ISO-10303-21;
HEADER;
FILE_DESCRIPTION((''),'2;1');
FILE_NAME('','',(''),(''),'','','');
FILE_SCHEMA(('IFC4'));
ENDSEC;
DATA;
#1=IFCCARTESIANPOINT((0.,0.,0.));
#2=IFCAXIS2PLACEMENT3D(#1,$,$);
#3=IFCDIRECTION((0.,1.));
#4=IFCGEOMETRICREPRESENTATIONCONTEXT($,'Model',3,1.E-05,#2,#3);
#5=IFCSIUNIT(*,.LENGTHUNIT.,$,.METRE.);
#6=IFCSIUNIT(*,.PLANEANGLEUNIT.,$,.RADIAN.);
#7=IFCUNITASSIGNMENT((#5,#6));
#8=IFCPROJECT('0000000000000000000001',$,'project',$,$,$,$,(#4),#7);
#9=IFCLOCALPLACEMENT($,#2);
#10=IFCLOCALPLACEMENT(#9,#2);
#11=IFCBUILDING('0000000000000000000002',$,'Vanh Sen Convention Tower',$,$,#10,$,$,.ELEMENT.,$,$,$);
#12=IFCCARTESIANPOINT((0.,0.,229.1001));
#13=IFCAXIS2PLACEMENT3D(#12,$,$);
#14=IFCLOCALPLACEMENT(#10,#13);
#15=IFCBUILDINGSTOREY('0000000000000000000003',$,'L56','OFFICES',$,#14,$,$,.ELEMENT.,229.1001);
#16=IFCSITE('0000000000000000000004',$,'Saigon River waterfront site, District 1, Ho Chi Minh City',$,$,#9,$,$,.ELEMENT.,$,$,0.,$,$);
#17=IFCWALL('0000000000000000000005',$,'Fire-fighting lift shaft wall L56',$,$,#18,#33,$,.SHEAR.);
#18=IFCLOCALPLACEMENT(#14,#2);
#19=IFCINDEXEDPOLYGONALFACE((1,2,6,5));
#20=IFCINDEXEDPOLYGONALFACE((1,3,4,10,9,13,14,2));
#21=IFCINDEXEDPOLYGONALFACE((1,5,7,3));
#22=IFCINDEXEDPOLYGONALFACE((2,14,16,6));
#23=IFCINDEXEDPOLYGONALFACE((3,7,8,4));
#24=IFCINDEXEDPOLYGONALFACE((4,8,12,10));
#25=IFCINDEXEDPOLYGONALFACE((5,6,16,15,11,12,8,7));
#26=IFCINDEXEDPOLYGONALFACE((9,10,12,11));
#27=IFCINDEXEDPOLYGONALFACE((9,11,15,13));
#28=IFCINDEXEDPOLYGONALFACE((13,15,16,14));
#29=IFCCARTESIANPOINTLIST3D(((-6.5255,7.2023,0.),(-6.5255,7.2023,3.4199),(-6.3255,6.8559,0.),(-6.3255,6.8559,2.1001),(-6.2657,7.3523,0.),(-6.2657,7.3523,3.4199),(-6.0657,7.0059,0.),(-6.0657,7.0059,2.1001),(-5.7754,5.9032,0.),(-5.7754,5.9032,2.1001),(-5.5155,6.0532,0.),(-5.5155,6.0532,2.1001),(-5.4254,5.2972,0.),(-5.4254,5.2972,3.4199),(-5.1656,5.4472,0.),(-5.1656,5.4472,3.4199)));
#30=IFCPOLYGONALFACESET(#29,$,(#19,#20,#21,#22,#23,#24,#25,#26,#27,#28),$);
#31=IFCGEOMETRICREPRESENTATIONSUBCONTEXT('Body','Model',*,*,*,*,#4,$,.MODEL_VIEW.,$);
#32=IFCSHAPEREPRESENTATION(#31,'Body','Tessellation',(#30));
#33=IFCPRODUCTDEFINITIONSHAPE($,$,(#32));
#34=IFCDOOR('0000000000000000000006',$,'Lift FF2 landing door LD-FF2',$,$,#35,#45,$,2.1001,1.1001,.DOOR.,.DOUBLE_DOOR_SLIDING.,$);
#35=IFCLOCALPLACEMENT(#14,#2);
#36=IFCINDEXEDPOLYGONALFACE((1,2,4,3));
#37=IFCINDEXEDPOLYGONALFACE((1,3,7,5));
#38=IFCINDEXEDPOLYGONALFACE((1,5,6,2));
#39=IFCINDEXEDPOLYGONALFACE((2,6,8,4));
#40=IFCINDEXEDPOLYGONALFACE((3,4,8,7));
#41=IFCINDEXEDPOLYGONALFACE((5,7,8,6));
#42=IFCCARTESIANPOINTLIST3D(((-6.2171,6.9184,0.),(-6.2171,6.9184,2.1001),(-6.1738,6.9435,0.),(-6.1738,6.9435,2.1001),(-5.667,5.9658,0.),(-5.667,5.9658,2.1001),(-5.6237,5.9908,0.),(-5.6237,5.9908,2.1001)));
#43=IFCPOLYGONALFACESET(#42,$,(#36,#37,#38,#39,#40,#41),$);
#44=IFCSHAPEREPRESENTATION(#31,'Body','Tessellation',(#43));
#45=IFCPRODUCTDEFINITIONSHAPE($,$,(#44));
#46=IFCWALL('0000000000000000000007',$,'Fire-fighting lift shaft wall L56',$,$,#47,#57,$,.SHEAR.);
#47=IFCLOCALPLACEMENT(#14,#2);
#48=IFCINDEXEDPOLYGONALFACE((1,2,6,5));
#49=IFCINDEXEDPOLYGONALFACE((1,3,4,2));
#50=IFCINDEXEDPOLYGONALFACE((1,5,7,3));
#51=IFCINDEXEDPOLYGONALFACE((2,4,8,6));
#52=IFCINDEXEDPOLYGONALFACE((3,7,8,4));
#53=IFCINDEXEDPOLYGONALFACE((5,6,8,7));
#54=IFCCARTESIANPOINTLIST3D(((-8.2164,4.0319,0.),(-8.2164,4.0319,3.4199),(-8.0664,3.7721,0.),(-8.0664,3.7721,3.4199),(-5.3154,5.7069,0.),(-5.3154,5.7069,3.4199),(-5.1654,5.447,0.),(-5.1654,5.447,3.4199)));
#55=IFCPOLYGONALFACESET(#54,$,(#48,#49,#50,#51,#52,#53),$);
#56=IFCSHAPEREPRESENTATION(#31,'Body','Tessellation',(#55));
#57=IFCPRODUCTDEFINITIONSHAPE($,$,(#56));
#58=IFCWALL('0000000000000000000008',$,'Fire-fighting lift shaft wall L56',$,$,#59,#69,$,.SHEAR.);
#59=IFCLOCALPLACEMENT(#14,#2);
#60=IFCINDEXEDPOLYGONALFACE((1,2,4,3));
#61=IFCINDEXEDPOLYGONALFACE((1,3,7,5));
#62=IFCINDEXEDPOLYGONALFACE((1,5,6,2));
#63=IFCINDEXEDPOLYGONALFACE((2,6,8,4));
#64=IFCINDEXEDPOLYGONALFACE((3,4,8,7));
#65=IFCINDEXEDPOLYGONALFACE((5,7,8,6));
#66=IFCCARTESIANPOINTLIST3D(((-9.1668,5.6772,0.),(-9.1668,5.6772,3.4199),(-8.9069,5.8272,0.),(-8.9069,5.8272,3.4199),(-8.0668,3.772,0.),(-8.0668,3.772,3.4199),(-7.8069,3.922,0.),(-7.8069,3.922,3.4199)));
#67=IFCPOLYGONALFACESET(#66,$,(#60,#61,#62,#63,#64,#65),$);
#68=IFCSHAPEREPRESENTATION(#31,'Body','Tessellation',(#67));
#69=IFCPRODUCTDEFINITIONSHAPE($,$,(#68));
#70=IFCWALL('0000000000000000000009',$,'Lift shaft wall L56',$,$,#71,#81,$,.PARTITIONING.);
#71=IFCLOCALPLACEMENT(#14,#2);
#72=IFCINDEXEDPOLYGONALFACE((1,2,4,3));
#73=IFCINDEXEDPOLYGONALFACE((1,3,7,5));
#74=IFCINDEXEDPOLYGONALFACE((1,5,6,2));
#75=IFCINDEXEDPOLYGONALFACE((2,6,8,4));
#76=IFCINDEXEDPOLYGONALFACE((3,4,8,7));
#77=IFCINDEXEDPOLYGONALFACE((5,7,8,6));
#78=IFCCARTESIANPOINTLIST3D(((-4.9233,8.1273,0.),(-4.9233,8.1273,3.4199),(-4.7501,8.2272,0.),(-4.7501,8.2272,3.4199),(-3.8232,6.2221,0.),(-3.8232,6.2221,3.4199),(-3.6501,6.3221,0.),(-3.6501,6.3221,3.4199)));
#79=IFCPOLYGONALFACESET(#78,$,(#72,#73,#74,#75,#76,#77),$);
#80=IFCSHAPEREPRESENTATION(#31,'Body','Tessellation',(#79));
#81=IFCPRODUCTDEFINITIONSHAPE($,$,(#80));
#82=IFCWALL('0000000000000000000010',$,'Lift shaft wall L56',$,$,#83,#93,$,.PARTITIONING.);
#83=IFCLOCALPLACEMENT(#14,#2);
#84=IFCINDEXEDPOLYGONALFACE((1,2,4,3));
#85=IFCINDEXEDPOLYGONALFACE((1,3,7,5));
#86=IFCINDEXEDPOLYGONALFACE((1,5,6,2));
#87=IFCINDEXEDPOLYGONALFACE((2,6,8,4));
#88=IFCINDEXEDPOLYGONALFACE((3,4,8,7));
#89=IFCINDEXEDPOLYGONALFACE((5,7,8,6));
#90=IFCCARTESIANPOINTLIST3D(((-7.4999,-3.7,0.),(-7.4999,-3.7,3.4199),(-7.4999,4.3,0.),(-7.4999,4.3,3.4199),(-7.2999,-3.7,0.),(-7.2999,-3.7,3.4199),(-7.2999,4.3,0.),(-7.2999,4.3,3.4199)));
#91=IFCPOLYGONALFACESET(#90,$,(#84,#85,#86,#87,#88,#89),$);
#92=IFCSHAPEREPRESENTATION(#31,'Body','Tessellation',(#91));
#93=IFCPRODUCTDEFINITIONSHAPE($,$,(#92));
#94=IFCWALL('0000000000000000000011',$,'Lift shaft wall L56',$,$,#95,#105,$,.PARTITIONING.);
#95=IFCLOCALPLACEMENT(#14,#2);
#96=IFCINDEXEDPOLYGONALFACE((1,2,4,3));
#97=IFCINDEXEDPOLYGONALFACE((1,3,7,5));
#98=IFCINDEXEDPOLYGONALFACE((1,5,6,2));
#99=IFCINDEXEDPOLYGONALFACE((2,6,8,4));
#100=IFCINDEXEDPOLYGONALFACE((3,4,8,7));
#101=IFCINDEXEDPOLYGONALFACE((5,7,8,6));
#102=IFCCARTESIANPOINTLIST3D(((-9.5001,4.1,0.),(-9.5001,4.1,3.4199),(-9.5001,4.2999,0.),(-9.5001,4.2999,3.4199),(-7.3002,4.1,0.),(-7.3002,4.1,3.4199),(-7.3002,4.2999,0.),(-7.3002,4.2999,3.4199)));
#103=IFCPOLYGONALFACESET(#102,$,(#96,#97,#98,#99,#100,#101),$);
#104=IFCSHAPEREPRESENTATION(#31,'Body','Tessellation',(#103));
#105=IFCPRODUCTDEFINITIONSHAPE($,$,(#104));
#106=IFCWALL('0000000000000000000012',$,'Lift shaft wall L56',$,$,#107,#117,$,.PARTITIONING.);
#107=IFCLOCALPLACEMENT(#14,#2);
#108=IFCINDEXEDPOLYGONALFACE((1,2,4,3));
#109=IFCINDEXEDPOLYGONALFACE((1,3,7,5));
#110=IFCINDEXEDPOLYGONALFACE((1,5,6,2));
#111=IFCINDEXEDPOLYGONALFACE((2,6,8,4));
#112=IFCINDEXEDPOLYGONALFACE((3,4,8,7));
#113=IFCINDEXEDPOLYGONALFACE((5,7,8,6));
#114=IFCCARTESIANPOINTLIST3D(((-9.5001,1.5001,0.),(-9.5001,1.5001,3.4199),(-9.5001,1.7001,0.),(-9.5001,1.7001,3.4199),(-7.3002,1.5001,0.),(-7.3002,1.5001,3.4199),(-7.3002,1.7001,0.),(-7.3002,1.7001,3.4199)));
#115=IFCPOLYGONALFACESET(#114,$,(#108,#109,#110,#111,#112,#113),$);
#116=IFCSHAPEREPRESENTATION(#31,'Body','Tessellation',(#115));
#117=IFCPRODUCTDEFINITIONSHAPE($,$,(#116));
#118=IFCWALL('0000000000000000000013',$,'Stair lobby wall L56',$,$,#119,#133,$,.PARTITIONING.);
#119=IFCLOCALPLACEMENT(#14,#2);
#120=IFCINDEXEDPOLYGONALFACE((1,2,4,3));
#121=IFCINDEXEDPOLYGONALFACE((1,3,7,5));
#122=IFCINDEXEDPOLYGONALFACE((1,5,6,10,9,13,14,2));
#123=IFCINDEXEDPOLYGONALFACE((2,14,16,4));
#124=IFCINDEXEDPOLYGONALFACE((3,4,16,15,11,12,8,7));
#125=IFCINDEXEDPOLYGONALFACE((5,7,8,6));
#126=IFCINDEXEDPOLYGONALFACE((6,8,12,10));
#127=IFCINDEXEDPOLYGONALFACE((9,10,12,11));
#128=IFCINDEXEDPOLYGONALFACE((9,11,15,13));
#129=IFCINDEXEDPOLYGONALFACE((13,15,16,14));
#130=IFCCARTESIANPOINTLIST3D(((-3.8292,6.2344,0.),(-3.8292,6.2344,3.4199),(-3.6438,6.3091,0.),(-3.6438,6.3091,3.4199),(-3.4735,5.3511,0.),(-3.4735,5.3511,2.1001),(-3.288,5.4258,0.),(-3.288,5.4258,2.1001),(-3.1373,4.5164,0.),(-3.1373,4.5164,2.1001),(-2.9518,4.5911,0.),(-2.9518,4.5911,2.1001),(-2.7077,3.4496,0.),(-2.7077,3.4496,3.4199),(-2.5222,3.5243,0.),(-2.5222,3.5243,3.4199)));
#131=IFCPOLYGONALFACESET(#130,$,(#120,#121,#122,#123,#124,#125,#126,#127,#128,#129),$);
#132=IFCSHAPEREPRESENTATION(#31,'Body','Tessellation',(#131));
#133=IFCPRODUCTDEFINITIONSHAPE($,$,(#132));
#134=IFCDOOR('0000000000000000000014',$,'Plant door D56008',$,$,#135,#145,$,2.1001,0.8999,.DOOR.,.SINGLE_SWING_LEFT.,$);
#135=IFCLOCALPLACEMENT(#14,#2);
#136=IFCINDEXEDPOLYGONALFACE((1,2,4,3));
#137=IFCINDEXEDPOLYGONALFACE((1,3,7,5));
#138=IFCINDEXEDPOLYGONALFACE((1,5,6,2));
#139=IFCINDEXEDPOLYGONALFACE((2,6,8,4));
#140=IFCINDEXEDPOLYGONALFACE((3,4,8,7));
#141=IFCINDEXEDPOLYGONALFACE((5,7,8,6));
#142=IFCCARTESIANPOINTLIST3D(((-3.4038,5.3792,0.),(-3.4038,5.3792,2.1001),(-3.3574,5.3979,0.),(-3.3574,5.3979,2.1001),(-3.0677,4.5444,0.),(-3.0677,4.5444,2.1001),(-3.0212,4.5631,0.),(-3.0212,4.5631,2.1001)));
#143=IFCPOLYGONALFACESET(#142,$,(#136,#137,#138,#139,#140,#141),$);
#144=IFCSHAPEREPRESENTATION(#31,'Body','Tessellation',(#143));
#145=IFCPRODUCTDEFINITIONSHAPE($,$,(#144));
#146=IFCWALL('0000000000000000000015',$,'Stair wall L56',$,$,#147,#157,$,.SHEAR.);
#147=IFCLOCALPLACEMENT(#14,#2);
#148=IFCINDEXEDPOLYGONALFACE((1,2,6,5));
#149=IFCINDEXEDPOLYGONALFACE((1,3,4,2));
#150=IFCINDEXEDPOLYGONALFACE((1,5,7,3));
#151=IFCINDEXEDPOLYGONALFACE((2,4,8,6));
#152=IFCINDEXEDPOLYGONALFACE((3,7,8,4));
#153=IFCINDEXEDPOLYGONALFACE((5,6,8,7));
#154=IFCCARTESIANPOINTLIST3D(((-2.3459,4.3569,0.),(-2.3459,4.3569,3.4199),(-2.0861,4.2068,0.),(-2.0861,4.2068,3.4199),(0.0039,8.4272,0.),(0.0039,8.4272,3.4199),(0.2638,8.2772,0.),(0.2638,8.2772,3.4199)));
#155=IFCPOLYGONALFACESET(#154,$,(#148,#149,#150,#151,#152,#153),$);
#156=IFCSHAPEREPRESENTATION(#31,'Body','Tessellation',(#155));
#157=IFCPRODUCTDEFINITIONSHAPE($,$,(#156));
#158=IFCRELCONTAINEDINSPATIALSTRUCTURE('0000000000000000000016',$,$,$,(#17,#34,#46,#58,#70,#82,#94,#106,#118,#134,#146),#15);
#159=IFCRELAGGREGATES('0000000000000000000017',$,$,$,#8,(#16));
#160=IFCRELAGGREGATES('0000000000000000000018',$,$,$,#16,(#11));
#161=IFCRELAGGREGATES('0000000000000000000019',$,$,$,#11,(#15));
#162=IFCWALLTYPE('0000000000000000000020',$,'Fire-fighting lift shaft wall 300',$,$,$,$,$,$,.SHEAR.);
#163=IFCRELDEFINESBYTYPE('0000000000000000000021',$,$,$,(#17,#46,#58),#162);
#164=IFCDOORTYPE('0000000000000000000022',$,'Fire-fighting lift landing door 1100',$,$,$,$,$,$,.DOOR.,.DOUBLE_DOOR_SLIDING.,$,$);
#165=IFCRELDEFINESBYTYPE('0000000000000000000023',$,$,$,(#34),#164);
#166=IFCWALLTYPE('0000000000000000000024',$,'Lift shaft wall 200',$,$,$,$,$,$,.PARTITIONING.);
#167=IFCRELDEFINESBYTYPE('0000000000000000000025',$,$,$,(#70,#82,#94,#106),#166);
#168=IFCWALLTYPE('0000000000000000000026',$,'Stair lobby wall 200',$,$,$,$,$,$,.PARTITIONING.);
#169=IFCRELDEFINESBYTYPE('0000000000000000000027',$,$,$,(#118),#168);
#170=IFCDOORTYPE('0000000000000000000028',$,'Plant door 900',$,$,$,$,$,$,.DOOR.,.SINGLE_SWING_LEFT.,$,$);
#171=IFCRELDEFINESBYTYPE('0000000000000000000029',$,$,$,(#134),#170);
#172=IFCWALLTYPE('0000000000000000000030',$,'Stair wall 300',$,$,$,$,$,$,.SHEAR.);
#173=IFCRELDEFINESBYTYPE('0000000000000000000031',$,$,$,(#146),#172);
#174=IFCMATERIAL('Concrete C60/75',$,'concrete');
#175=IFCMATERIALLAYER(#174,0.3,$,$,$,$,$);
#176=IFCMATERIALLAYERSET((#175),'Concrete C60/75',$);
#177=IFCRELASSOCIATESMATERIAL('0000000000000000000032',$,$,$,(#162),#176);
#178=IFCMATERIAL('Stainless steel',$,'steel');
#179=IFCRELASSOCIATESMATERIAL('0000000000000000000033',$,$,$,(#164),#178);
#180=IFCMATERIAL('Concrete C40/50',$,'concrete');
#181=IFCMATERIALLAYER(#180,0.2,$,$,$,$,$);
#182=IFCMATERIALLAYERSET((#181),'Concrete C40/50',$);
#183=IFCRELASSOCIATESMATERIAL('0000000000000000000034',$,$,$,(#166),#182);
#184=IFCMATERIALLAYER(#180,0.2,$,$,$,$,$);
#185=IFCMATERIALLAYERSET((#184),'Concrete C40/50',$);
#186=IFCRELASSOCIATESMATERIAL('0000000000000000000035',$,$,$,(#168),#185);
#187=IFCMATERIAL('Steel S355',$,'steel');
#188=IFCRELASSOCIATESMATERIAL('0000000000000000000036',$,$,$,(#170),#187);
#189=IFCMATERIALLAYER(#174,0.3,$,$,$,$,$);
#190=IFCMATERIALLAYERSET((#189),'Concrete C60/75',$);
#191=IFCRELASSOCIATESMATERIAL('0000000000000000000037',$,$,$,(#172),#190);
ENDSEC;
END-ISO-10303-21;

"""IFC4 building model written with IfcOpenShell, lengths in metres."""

from ifc_helpers import new_model, si_unit, direction, frame, frame_2d, origin, place, context, subcontext, project, spatial, rectangle, extrude, material, layer, layer_set, type_object, element, fill, save


model = new_model("IFC4")

# Units and contexts
model_context = context("Model", 3, precision=1e-05, world=origin(), true_north=direction((0.0, 1.0)))
body_context = subcontext(model_context, "Body", "Model", "MODEL_VIEW")
ifc_project = project(units=[si_unit("LENGTHUNIT", "METRE"), si_unit("PLANEANGLEUNIT", "RADIAN")], contexts=[model_context])

# Site, building, storey
site_placement = place(None, origin())
site = spatial("IfcSite", under=ifc_project, at=site_placement, Name="Saigon River waterfront site, District 1, Ho Chi Minh City", CompositionType="ELEMENT", RefElevation=0.0)
building_placement = place(site_placement, origin())
building = spatial("IfcBuilding", under=site, at=building_placement, Name="Vanh Sen Convention Tower", CompositionType="ELEMENT")
storey_placement = place(building_placement, frame((0.0, 0.0, 229.1001)))
storey = spatial("IfcBuildingStorey", under=building, at=storey_placement, Name="L56", Description="OFFICES", CompositionType="ELEMENT", Elevation=229.1001)

# Shared definitions
ifc_material_1 = material(Name="Concrete C60/75", Category="concrete")
ifc_material_2 = material(Name="Stainless steel", Category="steel")

# Wall, opening, door
ifc_layer_1 = layer(ifc_material_1, 0.3)
ifc_layer_set_1 = layer_set([ifc_layer_1], Name="Concrete C60/75")
wall_type_1 = type_object("IfcWallType", Name="Fire-fighting lift shaft wall 300", PredefinedType="SHEAR", material=ifc_layer_set_1)
wall_1_placement = place(storey_placement, frame((-5.2954, 5.3721, 0.0), z_axis=(0.0, 0.0, 1.0), x_axis=(-0.500078, 0.86598, 0.0)))
wall_1 = element("IfcWall", 1, at=wall_1_placement, inside=storey, type_object=wall_type_1, Name="Fire-fighting lift shaft wall L56", PredefinedType="SHEAR", context=body_context, shape_type="SweptSolid", body=[
    extrude(rectangle(XDim=2.2, YDim=0.3, at=frame_2d((1.1001, 0.0))), origin(), (0.0, 0.0, 1.0), 3.4199),
])
opening_1_placement = place(wall_1_placement, frame((0.7, 0.0, 0.0)))
opening_1 = element("IfcOpeningElement", 2, at=opening_1_placement, cuts=wall_1, PredefinedType="OPENING", context=body_context, shape_type="SweptSolid", body=[
    extrude(rectangle(XDim=1.1001, YDim=2.1001, at=frame_2d((0.55, 1.05))), frame((0.0, 0.1599, 0.0), z_axis=(0.0, -1.0, 0.0), x_axis=(1.0, 0.0, 0.0)), (0.0, 0.0, 1.0), 0.3201),
])
door_type_1 = type_object("IfcDoorType", Name="Fire-fighting lift landing door 1100", OperationType="DOUBLE_DOOR_SLIDING", PredefinedType="DOOR", material=ifc_material_2)
door_1_placement = place(opening_1_placement, origin())
door_1 = element("IfcDoor", 3, at=door_1_placement, inside=storey, type_object=door_type_1, Name="Lift FF2 landing door LD-FF2", OperationType="DOUBLE_DOOR_SLIDING", OverallHeight=2.1001, OverallWidth=1.1001, PredefinedType="DOOR", context=body_context, shape_type="SweptSolid", body=[
    extrude(rectangle(XDim=1.1001, YDim=2.1001, at=frame_2d((0.55, 1.05))), frame((0.0, 0.0249, 0.0), z_axis=(0.0, -1.0, 0.0), x_axis=(1.0, 0.0, 0.0)), (0.0, 0.0, 1.0), 0.05),
])
fill(opening_1, door_1)

# Walls
wall_2_placement = place(storey_placement, frame((-5.2405, 5.5769, 0.0), z_axis=(0.0, 0.0, 1.0), x_axis=(-0.866014, -0.500019, 0.0)))
element("IfcWall", 4, at=wall_2_placement, inside=storey, type_object=wall_type_1, Name="Fire-fighting lift shaft wall L56", PredefinedType="SHEAR", context=body_context, shape_type="SweptSolid", body=[
    extrude(rectangle(XDim=3.3499, YDim=0.3, at=frame_2d((1.6748, 0.0))), origin(), (0.0, 0.0, 1.0), 3.4199),
])
wall_3_placement = place(storey_placement, frame((-7.9368, 3.8469, 0.0), z_axis=(0.0, 0.0, 1.0), x_axis=(-0.50003, 0.866008, 0.0)))
element("IfcWall", 5, at=wall_3_placement, inside=storey, type_object=wall_type_1, Name="Fire-fighting lift shaft wall L56", PredefinedType="SHEAR", context=body_context, shape_type="SweptSolid", body=[
    extrude(rectangle(XDim=2.2, YDim=0.3, at=frame_2d((1.1001, 0.0))), origin(), (0.0, 0.0, 1.0), 3.4199),
])
ifc_material_3 = material(Name="Concrete C40/50", Category="concrete")
ifc_layer_2 = layer(ifc_material_3, 0.2)
ifc_layer_set_2 = layer_set([ifc_layer_2], Name="Concrete C40/50")
wall_type_2 = type_object("IfcWallType", Name="Lift shaft wall 200", PredefinedType="PARTITIONING", material=ifc_layer_set_2)
wall_4_placement = place(storey_placement, frame((-3.7366, 6.272, 0.0), z_axis=(0.0, 0.0, 1.0), x_axis=(-0.50003, 0.866008, 0.0)))
element("IfcWall", 6, at=wall_4_placement, inside=storey, type_object=wall_type_2, Name="Lift shaft wall L56", PredefinedType="PARTITIONING", context=body_context, shape_type="SweptSolid", body=[
    extrude(rectangle(XDim=2.2, YDim=0.2, at=frame_2d((1.1001, 0.0))), origin(), (0.0, 0.0, 1.0), 3.4199),
])
wall_5_placement = place(storey_placement, frame((-7.3999, 4.3, 0.0), z_axis=(0.0, 0.0, 1.0), x_axis=(0.0, -1.0, 0.0)))
element("IfcWall", 7, at=wall_5_placement, inside=storey, type_object=wall_type_2, Name="Lift shaft wall L56", PredefinedType="PARTITIONING", context=body_context, shape_type="SweptSolid", body=[
    extrude(rectangle(XDim=8.0, YDim=0.2, at=frame_2d((4.0, 0.0))), origin(), (0.0, 0.0, 1.0), 3.4199),
])
for number, where, z_axis, x_axis, name in (
    (8, (-7.3, 4.2, 0.0), (0.0, 0.0, 1.0), (-1.0, 0.0, 0.0), "Lift shaft wall L56"),
    (9, (-7.3, 1.6001, 0.0), (0.0, 0.0, 1.0), (-1.0, 0.0, 0.0), "Lift shaft wall L56"),
):
    element("IfcWall", number, at=place(storey_placement, frame(where, z_axis=z_axis, x_axis=x_axis)), inside=storey, type_object=wall_type_2, Name=name, PredefinedType="PARTITIONING", context=body_context, shape_type="SweptSolid", body=[
        extrude(rectangle(XDim=2.2, YDim=0.2, at=frame_2d((1.1001, 0.0))), origin(), (0.0, 0.0, 1.0), 3.4199),
    ])

# Wall, opening, door
ifc_layer_3 = layer(ifc_material_3, 0.2)
ifc_layer_set_3 = layer_set([ifc_layer_3], Name="Concrete C40/50")
wall_type_3 = type_object("IfcWallType", Name="Stair lobby wall 200", PredefinedType="PARTITIONING", material=ifc_layer_set_3)
wall_6_placement = place(storey_placement, frame((-2.615, 3.4871, 0.0), z_axis=(0.0, 0.0, 1.0), x_axis=(-0.373577, 0.927599, 0.0)))
wall_6 = element("IfcWall", 10, at=wall_6_placement, inside=storey, type_object=wall_type_3, Name="Stair lobby wall L56", PredefinedType="PARTITIONING", context=body_context, shape_type="SweptSolid", body=[
    extrude(rectangle(XDim=3.0022, YDim=0.2, at=frame_2d((1.501, 0.0))), origin(), (0.0, 0.0, 1.0), 3.4199),
])
opening_2_placement = place(wall_6_placement, frame((1.1499, 0.0, 0.0)))
opening_2 = element("IfcOpeningElement", 11, at=opening_2_placement, cuts=wall_6, PredefinedType="OPENING", context=body_context, shape_type="SweptSolid", body=[
    extrude(rectangle(XDim=0.8999, YDim=2.1001, at=frame_2d((0.45, 1.05))), frame((0.0, 0.1099, 0.0), z_axis=(0.0, -1.0, 0.0), x_axis=(1.0, 0.0, 0.0)), (0.0, 0.0, 1.0), 0.22),
])
ifc_material_4 = material(Name="Steel S355", Category="steel")
door_type_2 = type_object("IfcDoorType", Name="Plant door 900", OperationType="SINGLE_SWING_LEFT", PredefinedType="DOOR", material=ifc_material_4)
door_2_placement = place(opening_2_placement, origin())
door_2 = element("IfcDoor", 12, at=door_2_placement, inside=storey, type_object=door_type_2, Name="Plant door D56008", OperationType="SINGLE_SWING_LEFT", OverallHeight=2.1001, OverallWidth=0.8999, PredefinedType="DOOR", context=body_context, shape_type="SweptSolid", body=[
    extrude(rectangle(XDim=0.8999, YDim=2.1001, at=frame_2d((0.45, 1.05))), frame((0.0, 0.0249, 0.0), z_axis=(0.0, -1.0, 0.0), x_axis=(1.0, 0.0, 0.0)), (0.0, 0.0, 1.0), 0.05),
])
fill(opening_2, door_2)

# Wall
ifc_layer_4 = layer(ifc_material_1, 0.3)
ifc_layer_set_4 = layer_set([ifc_layer_4], Name="Concrete C60/75")
wall_type_4 = type_object("IfcWallType", Name="Stair wall 300", PredefinedType="SHEAR", material=ifc_layer_set_4)
wall_7_placement = place(storey_placement, frame((-2.2161, 4.2817, 0.0), z_axis=(0.0, 0.0, 1.0), x_axis=(0.499977, 0.866039, 0.0)))
element("IfcWall", 13, at=wall_7_placement, inside=storey, type_object=wall_type_4, Name="Stair wall L56", PredefinedType="SHEAR", context=body_context, shape_type="SweptSolid", body=[
    extrude(rectangle(XDim=4.7, YDim=0.3, at=frame_2d((2.3501, 0.0))), origin(), (0.0, 0.0, 1.0), 3.4199),
])

save(model, "model.ifc")
